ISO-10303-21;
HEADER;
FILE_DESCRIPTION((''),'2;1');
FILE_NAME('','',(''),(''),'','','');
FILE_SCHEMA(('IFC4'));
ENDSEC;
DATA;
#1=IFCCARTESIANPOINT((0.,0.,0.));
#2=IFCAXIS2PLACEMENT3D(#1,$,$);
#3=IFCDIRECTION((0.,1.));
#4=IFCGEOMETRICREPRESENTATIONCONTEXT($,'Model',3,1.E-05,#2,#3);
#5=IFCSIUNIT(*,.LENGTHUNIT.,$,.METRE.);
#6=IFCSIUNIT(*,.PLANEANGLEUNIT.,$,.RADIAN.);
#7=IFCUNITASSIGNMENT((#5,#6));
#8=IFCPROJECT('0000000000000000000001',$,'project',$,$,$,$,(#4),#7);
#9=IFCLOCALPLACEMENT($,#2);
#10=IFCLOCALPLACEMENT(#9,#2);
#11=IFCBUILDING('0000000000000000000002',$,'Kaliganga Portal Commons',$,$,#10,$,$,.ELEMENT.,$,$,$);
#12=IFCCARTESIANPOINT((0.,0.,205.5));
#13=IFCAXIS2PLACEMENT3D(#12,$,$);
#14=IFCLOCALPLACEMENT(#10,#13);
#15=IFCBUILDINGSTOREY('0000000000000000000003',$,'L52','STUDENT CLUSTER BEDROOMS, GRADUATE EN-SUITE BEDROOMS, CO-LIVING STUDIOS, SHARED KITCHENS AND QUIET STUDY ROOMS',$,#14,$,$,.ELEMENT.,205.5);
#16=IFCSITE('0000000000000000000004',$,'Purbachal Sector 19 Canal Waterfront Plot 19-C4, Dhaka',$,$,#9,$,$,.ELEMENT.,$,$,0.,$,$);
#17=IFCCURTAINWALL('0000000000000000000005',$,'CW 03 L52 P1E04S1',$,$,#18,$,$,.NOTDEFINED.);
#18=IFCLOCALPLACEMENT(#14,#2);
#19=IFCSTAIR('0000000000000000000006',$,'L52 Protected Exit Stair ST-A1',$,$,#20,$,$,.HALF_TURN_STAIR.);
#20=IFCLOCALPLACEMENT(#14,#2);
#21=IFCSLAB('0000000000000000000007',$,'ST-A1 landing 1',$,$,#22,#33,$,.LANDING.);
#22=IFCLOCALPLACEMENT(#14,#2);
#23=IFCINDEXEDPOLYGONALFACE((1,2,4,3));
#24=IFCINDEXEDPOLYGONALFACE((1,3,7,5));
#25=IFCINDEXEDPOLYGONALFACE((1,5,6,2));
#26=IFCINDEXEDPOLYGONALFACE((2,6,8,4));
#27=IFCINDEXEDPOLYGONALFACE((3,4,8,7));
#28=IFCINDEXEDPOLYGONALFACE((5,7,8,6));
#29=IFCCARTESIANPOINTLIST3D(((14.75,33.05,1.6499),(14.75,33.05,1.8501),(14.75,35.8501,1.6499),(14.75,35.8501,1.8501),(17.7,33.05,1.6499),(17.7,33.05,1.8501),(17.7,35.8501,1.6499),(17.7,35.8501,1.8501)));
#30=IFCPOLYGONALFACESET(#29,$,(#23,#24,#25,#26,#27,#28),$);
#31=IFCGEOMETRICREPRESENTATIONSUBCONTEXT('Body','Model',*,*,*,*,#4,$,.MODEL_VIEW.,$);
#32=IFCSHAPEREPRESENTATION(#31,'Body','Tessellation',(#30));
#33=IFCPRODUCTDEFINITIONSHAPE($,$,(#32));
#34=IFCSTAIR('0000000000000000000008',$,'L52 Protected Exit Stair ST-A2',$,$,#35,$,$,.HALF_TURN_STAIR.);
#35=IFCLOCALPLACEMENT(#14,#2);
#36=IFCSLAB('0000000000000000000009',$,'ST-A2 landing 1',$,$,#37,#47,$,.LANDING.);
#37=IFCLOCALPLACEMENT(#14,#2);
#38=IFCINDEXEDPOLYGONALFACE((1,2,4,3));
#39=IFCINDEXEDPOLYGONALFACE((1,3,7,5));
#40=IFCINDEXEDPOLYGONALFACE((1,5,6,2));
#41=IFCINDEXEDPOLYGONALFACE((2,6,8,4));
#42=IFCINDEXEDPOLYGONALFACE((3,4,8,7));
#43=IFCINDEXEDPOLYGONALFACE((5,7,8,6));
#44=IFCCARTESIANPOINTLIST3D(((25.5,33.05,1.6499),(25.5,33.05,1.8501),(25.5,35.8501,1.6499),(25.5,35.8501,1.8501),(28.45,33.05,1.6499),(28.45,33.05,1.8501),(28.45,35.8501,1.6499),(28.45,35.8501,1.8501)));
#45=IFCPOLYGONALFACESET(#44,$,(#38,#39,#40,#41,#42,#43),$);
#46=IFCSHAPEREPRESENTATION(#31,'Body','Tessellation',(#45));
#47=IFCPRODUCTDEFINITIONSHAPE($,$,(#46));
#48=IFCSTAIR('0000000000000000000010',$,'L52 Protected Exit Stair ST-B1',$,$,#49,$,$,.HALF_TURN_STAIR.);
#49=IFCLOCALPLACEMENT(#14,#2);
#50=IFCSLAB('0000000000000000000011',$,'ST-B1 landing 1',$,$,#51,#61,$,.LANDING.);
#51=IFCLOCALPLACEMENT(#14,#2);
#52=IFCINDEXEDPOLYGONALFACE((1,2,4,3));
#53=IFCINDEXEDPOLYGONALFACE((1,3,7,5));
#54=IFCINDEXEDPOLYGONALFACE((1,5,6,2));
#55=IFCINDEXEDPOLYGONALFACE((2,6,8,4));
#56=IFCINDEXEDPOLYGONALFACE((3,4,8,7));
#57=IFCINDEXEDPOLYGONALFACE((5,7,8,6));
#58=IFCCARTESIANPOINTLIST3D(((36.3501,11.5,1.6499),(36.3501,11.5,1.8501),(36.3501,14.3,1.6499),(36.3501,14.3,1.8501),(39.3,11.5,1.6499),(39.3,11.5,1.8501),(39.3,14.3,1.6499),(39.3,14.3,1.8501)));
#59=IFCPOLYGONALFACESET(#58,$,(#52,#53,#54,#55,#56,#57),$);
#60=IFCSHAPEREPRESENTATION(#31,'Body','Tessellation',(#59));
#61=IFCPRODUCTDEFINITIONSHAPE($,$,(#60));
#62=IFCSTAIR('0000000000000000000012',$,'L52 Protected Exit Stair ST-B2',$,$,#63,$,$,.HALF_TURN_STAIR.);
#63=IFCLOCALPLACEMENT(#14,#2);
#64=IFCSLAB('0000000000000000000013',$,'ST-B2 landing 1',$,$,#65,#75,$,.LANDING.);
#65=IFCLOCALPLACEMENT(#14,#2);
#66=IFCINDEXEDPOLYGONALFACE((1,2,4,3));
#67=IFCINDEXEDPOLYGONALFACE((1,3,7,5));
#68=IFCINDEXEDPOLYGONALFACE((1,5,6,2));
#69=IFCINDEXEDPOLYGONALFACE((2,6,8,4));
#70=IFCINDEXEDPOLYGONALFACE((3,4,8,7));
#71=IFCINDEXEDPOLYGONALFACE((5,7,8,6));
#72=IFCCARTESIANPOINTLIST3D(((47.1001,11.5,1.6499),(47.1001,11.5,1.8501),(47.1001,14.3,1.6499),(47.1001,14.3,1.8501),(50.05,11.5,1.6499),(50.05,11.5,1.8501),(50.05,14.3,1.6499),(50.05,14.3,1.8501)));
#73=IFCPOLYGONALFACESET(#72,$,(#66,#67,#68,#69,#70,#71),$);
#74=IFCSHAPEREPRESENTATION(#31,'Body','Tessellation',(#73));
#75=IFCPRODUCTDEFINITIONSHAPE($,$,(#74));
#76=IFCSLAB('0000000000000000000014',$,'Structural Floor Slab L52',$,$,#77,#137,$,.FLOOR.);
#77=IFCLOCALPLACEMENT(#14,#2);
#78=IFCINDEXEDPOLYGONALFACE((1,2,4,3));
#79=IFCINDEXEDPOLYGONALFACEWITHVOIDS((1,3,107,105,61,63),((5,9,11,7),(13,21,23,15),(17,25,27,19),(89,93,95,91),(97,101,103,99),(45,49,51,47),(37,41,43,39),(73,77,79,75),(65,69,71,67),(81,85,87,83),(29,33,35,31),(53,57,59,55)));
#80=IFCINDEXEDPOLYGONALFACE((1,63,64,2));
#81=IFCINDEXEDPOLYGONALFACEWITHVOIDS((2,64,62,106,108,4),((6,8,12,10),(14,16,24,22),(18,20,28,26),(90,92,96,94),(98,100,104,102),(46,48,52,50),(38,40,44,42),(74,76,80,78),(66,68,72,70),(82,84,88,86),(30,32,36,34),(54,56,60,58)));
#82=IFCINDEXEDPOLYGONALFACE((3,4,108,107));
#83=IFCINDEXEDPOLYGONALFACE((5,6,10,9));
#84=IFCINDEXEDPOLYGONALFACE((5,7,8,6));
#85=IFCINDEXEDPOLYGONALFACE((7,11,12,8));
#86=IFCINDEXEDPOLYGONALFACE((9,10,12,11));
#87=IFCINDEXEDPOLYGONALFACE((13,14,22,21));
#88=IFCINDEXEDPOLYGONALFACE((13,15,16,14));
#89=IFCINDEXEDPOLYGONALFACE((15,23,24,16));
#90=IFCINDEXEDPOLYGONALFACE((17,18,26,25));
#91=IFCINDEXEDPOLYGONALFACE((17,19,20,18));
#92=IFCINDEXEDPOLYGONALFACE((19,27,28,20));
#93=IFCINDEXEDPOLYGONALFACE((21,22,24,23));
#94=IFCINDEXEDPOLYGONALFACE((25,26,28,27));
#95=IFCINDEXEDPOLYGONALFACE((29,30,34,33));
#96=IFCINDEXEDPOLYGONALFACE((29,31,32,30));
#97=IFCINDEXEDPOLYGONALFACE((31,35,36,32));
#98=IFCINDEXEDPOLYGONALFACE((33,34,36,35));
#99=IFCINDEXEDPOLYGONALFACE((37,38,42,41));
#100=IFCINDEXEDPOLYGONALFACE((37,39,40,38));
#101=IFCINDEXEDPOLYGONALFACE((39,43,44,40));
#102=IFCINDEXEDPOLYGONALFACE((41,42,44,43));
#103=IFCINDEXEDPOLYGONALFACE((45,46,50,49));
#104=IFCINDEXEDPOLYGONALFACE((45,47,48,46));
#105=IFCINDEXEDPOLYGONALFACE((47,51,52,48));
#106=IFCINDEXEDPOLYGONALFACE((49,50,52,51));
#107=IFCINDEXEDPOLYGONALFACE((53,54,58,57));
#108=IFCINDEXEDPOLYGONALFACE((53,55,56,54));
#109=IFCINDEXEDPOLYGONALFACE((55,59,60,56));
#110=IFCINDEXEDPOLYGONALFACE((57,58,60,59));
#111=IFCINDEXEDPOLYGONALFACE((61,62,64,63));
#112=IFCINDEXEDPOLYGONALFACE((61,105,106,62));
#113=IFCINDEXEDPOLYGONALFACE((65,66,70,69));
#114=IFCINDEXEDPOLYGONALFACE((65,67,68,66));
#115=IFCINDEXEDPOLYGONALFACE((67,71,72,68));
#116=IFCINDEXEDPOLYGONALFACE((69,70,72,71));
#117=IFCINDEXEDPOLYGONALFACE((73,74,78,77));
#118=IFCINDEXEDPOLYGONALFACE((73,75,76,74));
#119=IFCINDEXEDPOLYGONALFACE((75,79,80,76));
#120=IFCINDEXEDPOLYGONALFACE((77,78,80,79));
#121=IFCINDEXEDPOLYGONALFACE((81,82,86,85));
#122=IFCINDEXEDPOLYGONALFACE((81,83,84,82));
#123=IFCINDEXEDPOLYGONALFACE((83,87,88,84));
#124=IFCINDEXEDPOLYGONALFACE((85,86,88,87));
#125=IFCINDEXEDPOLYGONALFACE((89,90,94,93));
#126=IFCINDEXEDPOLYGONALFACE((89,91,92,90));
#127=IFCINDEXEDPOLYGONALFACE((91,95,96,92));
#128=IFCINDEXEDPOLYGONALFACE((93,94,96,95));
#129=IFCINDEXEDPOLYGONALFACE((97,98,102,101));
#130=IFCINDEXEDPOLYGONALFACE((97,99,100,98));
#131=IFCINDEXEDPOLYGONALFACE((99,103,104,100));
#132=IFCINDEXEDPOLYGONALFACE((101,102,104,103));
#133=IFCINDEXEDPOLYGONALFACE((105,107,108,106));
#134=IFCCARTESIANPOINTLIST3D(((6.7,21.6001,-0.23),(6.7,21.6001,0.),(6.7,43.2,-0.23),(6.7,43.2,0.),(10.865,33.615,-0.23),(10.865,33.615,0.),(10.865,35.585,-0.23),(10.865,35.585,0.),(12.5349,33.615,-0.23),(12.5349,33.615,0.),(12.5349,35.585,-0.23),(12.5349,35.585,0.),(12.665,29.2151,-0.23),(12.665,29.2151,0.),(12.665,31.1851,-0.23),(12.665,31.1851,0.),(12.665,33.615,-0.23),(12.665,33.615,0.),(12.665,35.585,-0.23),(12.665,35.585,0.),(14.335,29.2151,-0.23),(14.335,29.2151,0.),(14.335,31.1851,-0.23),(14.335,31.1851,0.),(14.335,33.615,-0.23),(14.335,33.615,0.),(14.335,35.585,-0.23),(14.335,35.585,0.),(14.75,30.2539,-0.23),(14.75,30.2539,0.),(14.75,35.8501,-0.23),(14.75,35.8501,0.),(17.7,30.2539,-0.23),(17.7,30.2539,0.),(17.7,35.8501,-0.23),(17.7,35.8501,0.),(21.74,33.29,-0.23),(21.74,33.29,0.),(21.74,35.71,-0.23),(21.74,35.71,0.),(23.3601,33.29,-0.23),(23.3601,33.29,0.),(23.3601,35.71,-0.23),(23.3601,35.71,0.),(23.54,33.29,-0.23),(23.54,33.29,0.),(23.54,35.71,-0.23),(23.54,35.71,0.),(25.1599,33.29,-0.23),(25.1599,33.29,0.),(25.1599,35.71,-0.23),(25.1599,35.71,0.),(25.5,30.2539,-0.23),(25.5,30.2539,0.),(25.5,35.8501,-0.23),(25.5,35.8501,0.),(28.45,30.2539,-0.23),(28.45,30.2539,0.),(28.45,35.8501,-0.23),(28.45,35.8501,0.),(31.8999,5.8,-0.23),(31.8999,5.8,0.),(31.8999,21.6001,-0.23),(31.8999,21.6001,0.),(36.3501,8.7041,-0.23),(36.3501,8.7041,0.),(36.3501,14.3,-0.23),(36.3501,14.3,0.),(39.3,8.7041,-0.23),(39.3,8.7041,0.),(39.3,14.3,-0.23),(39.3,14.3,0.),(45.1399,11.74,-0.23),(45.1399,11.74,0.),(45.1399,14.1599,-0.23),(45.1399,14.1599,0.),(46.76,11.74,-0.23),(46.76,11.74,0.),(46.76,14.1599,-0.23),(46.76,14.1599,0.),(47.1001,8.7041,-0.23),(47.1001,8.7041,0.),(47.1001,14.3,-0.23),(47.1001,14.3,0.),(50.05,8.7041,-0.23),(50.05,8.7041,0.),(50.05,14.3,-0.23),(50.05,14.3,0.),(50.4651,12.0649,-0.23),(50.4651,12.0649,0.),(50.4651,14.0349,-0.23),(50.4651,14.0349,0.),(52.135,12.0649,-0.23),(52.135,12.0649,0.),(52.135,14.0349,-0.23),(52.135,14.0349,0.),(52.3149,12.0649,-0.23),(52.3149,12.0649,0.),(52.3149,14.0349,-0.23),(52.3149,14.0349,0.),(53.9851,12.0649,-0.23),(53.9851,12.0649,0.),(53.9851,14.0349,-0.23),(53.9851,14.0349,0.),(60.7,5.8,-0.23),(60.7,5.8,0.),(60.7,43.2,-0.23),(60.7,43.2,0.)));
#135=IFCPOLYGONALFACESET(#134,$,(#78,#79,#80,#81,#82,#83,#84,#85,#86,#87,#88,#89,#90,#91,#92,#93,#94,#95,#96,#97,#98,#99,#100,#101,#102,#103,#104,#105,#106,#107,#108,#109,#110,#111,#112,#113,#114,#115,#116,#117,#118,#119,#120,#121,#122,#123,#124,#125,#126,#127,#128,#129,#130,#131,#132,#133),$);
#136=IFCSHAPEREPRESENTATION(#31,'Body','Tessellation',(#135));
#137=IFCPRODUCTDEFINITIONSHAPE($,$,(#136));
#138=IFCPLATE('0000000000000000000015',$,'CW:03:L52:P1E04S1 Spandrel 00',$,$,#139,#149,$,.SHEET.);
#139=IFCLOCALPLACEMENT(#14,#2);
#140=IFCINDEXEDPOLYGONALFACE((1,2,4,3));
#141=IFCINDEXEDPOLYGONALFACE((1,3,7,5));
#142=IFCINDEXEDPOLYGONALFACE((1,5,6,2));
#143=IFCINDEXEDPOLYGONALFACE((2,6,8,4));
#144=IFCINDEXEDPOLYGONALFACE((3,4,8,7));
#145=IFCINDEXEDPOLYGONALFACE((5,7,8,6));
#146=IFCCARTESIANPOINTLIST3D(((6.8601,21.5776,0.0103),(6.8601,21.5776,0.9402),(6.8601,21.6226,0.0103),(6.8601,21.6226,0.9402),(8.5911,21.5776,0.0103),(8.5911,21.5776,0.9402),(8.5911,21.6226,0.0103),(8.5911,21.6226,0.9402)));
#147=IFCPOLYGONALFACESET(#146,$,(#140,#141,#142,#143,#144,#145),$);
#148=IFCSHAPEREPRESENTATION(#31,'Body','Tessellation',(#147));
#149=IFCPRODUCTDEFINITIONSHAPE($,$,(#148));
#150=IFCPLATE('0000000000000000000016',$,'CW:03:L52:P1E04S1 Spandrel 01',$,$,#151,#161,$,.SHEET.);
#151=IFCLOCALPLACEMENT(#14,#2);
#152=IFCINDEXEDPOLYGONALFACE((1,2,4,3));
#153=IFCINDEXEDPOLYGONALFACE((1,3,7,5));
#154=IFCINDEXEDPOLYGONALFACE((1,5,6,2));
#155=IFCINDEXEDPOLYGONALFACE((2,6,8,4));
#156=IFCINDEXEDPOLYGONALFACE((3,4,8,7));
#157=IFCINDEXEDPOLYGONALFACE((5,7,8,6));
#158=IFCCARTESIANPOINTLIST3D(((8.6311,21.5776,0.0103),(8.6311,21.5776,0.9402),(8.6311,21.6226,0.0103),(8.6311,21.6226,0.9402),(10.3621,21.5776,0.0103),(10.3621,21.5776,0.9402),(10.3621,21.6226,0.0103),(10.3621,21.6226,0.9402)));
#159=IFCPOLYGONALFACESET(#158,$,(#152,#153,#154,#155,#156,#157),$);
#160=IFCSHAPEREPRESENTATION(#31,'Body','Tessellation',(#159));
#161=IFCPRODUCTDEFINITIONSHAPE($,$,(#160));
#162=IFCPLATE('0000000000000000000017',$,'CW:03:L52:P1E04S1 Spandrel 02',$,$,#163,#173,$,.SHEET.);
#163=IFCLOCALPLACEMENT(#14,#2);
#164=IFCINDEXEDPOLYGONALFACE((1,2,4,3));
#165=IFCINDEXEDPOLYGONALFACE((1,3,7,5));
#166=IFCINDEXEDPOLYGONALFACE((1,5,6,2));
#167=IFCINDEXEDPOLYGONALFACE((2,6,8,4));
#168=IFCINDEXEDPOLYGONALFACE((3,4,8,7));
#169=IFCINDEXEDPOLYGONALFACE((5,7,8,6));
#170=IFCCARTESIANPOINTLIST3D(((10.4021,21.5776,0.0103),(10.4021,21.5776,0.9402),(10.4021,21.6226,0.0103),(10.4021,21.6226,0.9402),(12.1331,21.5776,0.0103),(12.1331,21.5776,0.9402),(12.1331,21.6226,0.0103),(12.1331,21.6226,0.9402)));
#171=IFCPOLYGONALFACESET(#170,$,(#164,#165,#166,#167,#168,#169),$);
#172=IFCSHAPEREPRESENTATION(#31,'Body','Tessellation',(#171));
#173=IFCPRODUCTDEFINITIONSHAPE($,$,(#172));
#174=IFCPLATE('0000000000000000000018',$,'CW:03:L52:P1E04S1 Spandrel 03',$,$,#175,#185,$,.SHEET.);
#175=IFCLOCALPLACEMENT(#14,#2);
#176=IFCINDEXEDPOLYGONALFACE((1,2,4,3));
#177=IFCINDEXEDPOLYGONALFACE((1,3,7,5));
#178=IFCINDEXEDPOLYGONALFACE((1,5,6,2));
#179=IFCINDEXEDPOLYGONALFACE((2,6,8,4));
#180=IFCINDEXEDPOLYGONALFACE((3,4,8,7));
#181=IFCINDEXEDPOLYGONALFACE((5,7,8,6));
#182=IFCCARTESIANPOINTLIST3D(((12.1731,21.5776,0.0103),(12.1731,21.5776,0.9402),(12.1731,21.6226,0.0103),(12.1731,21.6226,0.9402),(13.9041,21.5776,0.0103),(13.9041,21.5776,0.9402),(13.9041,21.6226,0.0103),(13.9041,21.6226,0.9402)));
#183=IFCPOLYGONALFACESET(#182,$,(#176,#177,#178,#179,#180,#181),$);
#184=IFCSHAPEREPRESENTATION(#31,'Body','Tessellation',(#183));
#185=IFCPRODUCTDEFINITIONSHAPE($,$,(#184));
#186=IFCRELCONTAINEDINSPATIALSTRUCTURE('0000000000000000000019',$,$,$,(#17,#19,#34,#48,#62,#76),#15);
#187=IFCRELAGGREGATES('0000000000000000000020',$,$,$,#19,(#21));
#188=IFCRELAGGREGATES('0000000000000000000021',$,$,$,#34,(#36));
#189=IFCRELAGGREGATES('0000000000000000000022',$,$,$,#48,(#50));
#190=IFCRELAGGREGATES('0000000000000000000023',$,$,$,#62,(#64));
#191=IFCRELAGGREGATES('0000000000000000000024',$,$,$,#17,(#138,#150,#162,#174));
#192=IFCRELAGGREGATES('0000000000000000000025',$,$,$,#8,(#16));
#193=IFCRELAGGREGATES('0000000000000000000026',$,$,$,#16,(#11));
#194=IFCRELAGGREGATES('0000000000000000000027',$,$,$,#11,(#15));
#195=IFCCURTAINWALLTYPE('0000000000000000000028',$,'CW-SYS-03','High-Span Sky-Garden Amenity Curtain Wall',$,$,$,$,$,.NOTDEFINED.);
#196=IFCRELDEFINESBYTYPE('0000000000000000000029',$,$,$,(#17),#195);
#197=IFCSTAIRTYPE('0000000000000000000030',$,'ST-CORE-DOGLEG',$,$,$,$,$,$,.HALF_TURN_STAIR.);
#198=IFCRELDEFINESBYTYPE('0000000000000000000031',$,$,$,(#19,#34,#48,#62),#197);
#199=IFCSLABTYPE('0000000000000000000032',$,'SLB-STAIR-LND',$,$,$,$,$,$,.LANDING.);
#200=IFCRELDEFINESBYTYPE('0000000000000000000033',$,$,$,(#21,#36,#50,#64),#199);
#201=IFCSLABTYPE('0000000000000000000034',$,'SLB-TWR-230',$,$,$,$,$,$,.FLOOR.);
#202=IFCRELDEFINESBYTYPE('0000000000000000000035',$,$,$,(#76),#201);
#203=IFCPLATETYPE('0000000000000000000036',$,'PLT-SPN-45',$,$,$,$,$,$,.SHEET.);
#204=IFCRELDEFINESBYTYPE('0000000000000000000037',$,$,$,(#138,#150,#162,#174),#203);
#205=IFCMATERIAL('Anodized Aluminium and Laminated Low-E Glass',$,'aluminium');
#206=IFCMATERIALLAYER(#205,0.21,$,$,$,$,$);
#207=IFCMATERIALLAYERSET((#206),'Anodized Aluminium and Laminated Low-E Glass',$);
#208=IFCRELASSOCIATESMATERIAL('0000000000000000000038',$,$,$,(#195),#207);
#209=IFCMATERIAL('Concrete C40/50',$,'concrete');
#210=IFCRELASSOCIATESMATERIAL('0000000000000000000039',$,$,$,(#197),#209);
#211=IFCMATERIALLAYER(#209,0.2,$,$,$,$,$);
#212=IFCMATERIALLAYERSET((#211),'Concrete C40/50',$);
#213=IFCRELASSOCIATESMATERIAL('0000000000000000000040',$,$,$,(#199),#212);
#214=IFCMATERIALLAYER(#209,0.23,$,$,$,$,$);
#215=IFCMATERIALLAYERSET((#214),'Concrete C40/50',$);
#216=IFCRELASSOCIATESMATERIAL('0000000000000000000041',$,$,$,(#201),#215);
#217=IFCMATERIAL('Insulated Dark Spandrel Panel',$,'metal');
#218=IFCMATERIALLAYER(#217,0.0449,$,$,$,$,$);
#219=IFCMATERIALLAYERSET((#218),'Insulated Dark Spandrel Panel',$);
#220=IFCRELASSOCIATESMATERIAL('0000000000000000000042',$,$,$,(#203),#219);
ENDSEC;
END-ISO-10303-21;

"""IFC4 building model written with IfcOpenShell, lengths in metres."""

from ifc_helpers import new_model, si_unit, direction, frame, origin, origin_2d, place, context, subcontext, project, spatial, polyline, rectangle, outline, extrude, source, transform, mapped, material, layer, layer_set, type_object, element, aggregate, save


model = new_model("IFC4")

# Units and contexts
model_context = context("Model", 3, precision=1e-05, world=origin(), true_north=direction((0.0, 1.0)))
body_context = subcontext(model_context, "Body", "Model", "MODEL_VIEW")
ifc_project = project(units=[si_unit("LENGTHUNIT", "METRE"), si_unit("PLANEANGLEUNIT", "RADIAN")], contexts=[model_context])

# Site, building, storey
site_placement = place(None, origin())
site = spatial("IfcSite", under=ifc_project, at=site_placement, Name="Purbachal Sector 19 Canal Waterfront Plot 19-C4, Dhaka", CompositionType="ELEMENT", RefElevation=0.0)
building_placement = place(site_placement, origin())
building = spatial("IfcBuilding", under=site, at=building_placement, Name="Kaliganga Portal Commons", CompositionType="ELEMENT")
storey_placement = place(building_placement, frame((0.0, 0.0, 205.5)))
storey = spatial("IfcBuildingStorey", under=building, at=storey_placement, Name="L52", Description="STUDENT CLUSTER BEDROOMS, GRADUATE EN-SUITE BEDROOMS, CO-LIVING STUDIOS, SHARED KITCHENS AND QUIET STUDY ROOMS", CompositionType="ELEMENT", Elevation=205.5)

# Curtain wall
ifc_material_1 = material(Name="Anodized Aluminium and Laminated Low-E Glass", Category="aluminium")
ifc_layer_1 = layer(ifc_material_1, 0.21)
ifc_layer_set_1 = layer_set([ifc_layer_1], Name="Anodized Aluminium and Laminated Low-E Glass")
curtain_wall_type = type_object("IfcCurtainWallType", Name="CW-SYS-03", Description="High-Span Sky-Garden Amenity Curtain Wall", PredefinedType="NOTDEFINED", material=ifc_layer_set_1)
curtain_wall_placement = place(storey_placement, origin())
curtain_wall = element("IfcCurtainWall", 1, at=curtain_wall_placement, inside=storey, type_object=curtain_wall_type, Name="CW 03 L52 P1E04S1", PredefinedType="NOTDEFINED")

# Shared definitions
ifc_material_2 = material(Name="Concrete C40/50", Category="concrete")

# Stairs, slabs
stair_type = type_object("IfcStairType", Name="ST-CORE-DOGLEG", PredefinedType="HALF_TURN_STAIR", material=ifc_material_2)
stair_1_placement = place(storey_placement, origin())
stair_1 = element("IfcStair", 2, at=stair_1_placement, inside=storey, type_object=stair_type, Name="L52 Protected Exit Stair ST-A1", PredefinedType="HALF_TURN_STAIR")
ifc_layer_2 = layer(ifc_material_2, 0.2)
ifc_layer_set_2 = layer_set([ifc_layer_2], Name="Concrete C40/50")
slab_type_1 = type_object("IfcSlabType", Name="SLB-STAIR-LND", PredefinedType="LANDING", material=ifc_layer_set_2)
slab_1_placement = place(storey_placement, frame((0.0, 0.0, 1.6499)))
slab_1 = element("IfcSlab", 3, at=slab_1_placement, type_object=slab_type_1, Name="ST-A1 landing 1", PredefinedType="LANDING", context=body_context, shape_type="SweptSolid", body=[
    extrude(outline(polyline([(17.7, 33.05), (17.7, 35.8501), (14.75, 35.8501), (14.75, 33.05), (17.7, 33.05)])), origin(), (0.0, 0.0, 1.0), 0.2002),
])
aggregate(stair_1, [slab_1])
stair_2_placement = place(storey_placement, origin())
stair_2 = element("IfcStair", 4, at=stair_2_placement, inside=storey, type_object=stair_type, Name="L52 Protected Exit Stair ST-A2", PredefinedType="HALF_TURN_STAIR")
slab_2_placement = place(storey_placement, frame((0.0, 0.0, 1.6499)))
slab_2 = element("IfcSlab", 5, at=slab_2_placement, type_object=slab_type_1, Name="ST-A2 landing 1", PredefinedType="LANDING", context=body_context, shape_type="SweptSolid", body=[
    extrude(outline(polyline([(28.45, 33.05), (28.45, 35.8501), (25.5, 35.8501), (25.5, 33.05), (28.45, 33.05)])), origin(), (0.0, 0.0, 1.0), 0.2002),
])
aggregate(stair_2, [slab_2])
stair_3_placement = place(storey_placement, origin())
stair_3 = element("IfcStair", 6, at=stair_3_placement, inside=storey, type_object=stair_type, Name="L52 Protected Exit Stair ST-B1", PredefinedType="HALF_TURN_STAIR")
slab_3_placement = place(storey_placement, frame((0.0, 0.0, 1.6499)))
slab_3 = element("IfcSlab", 7, at=slab_3_placement, type_object=slab_type_1, Name="ST-B1 landing 1", PredefinedType="LANDING", context=body_context, shape_type="SweptSolid", body=[
    extrude(outline(polyline([(39.3, 11.5), (39.3, 14.3), (36.3501, 14.3), (36.3501, 11.5), (39.3, 11.5)])), origin(), (0.0, 0.0, 1.0), 0.2002),
])
aggregate(stair_3, [slab_3])
stair_4_placement = place(storey_placement, origin())
stair_4 = element("IfcStair", 8, at=stair_4_placement, inside=storey, type_object=stair_type, Name="L52 Protected Exit Stair ST-B2", PredefinedType="HALF_TURN_STAIR")
slab_4_placement = place(storey_placement, frame((0.0, 0.0, 1.6499)))
slab_4 = element("IfcSlab", 9, at=slab_4_placement, type_object=slab_type_1, Name="ST-B2 landing 1", PredefinedType="LANDING", context=body_context, shape_type="SweptSolid", body=[
    extrude(outline(polyline([(50.05, 11.5), (50.05, 14.3), (47.1001, 14.3), (47.1001, 11.5), (50.05, 11.5)])), origin(), (0.0, 0.0, 1.0), 0.2002),
])
aggregate(stair_4, [slab_4])

# Slab
ifc_layer_3 = layer(ifc_material_2, 0.23)
ifc_layer_set_3 = layer_set([ifc_layer_3], Name="Concrete C40/50")
slab_type_2 = type_object("IfcSlabType", Name="SLB-TWR-230", PredefinedType="FLOOR", material=ifc_layer_set_3)
slab_5_placement = place(storey_placement, frame((0.0, 0.0, -0.23)))
element("IfcSlab", 10, at=slab_5_placement, inside=storey, type_object=slab_type_2, Name="Structural Floor Slab L52", PredefinedType="FLOOR", context=body_context, shape_type="SweptSolid", body=[
    extrude(outline(polyline([(31.8999, 5.8), (60.7, 5.8), (60.7, 43.2), (6.7, 43.2), (6.7, 21.6001), (31.8999, 21.6001), (31.8999, 5.8)]), holes=[polyline([(14.75, 30.2539), (14.75, 35.8501), (17.7, 35.8501), (17.7, 30.2539), (14.75, 30.2539)]), polyline([(25.5, 30.2539), (25.5, 35.8501), (28.45, 35.8501), (28.45, 30.2539), (25.5, 30.2539)]), polyline([(36.3501, 8.7041), (36.3501, 14.3), (39.3, 14.3), (39.3, 8.7041), (36.3501, 8.7041)]), polyline([(47.1001, 8.7041), (47.1001, 14.3), (50.05, 14.3), (50.05, 8.7041), (47.1001, 8.7041)]), polyline([(12.665, 33.615), (12.665, 35.585), (14.335, 35.585), (14.335, 33.615), (12.665, 33.615)]), polyline([(12.665, 29.2151), (12.665, 31.1851), (14.335, 31.1851), (14.335, 29.2151), (12.665, 29.2151)]), polyline([(10.865, 33.615), (10.865, 35.585), (12.5349, 35.585), (12.5349, 33.615), (10.865, 33.615)]), polyline([(21.74, 33.29), (21.74, 35.71), (23.3601, 35.71), (23.3601, 33.29), (21.74, 33.29)]), polyline([(23.54, 33.29), (23.54, 35.71), (25.1599, 35.71), (25.1599, 33.29), (23.54, 33.29)]), polyline([(50.4651, 12.0649), (50.4651, 14.0349), (52.135, 14.0349), (52.135, 12.0649), (50.4651, 12.0649)]), polyline([(52.3149, 12.0649), (52.3149, 14.0349), (53.9851, 14.0349), (53.9851, 12.0649), (52.3149, 12.0649)]), polyline([(45.1399, 11.74), (45.1399, 14.1599), (46.76, 14.1599), (46.76, 11.74), (45.1399, 11.74)])]), origin(), (0.0, 0.0, 1.0), 0.23),
])

# Plates
ifc_material_3 = material(Name="Insulated Dark Spandrel Panel", Category="metal")
ifc_layer_4 = layer(ifc_material_3, 0.0449)
ifc_layer_set_4 = layer_set([ifc_layer_4], Name="Insulated Dark Spandrel Panel")
plate_type_1 = type_object("IfcPlateType", Name="PLT-SPN-45", PredefinedType="SHEET", material=ifc_layer_set_4)
shared_shape_1 = source(origin(), body_context, "Body", "SweptSolid", [
    extrude(rectangle(XDim=1.731, YDim=0.0449, at=origin_2d()), origin(), (0.0, 0.0, 1.0), 0.9299),
])
plate_1_placement = place(storey_placement, frame((7.7256, 21.6001, 0.0103), z_axis=(0.0, 0.0, 1.0), x_axis=(1.0, 0.0, 0.0)))
plate_1 = element("IfcPlate", 11, at=plate_1_placement, type_object=plate_type_1, Name="CW:03:L52:P1E04S1 Spandrel 00", PredefinedType="SHEET", context=body_context, shape_type="MappedRepresentation", body=[
    mapped(shared_shape_1, transform((0.0, 0.0, 0.0), x_axis=(1.0, 0.0, 0.0), y_axis=(0.0, 1.0, 0.0), z_axis=(0.0, 0.0, 1.0), scale=1.0)),
])
plate_2_placement = place(storey_placement, frame((9.4966, 21.6001, 0.0103), z_axis=(0.0, 0.0, 1.0), x_axis=(1.0, 0.0, 0.0)))
plate_2 = element("IfcPlate", 12, at=plate_2_placement, type_object=plate_type_1, Name="CW:03:L52:P1E04S1 Spandrel 01", PredefinedType="SHEET", context=body_context, shape_type="MappedRepresentation", body=[
    mapped(shared_shape_1, transform((0.0, 0.0, 0.0), x_axis=(1.0, 0.0, 0.0), y_axis=(0.0, 1.0, 0.0), z_axis=(0.0, 0.0, 1.0), scale=1.0)),
])
plate_3_placement = place(storey_placement, frame((11.2676, 21.6001, 0.0103), z_axis=(0.0, 0.0, 1.0), x_axis=(1.0, 0.0, 0.0)))
plate_3 = element("IfcPlate", 13, at=plate_3_placement, type_object=plate_type_1, Name="CW:03:L52:P1E04S1 Spandrel 02", PredefinedType="SHEET", context=body_context, shape_type="MappedRepresentation", body=[
    mapped(shared_shape_1, transform((0.0, 0.0, 0.0), x_axis=(1.0, 0.0, 0.0), y_axis=(0.0, 1.0, 0.0), z_axis=(0.0, 0.0, 1.0), scale=1.0)),
])
plate_4_placement = place(storey_placement, frame((13.0386, 21.6001, 0.0103), z_axis=(0.0, 0.0, 1.0), x_axis=(1.0, 0.0, 0.0)))
plate_4 = element("IfcPlate", 14, at=plate_4_placement, type_object=plate_type_1, Name="CW:03:L52:P1E04S1 Spandrel 03", PredefinedType="SHEET", context=body_context, shape_type="MappedRepresentation", body=[
    mapped(shared_shape_1, transform((0.0, 0.0, 0.0), x_axis=(1.0, 0.0, 0.0), y_axis=(0.0, 1.0, 0.0), z_axis=(0.0, 0.0, 1.0), scale=1.0)),
])
aggregate(curtain_wall, [plate_1, plate_2, plate_3, plate_4])

save(model, "model.ifc")
